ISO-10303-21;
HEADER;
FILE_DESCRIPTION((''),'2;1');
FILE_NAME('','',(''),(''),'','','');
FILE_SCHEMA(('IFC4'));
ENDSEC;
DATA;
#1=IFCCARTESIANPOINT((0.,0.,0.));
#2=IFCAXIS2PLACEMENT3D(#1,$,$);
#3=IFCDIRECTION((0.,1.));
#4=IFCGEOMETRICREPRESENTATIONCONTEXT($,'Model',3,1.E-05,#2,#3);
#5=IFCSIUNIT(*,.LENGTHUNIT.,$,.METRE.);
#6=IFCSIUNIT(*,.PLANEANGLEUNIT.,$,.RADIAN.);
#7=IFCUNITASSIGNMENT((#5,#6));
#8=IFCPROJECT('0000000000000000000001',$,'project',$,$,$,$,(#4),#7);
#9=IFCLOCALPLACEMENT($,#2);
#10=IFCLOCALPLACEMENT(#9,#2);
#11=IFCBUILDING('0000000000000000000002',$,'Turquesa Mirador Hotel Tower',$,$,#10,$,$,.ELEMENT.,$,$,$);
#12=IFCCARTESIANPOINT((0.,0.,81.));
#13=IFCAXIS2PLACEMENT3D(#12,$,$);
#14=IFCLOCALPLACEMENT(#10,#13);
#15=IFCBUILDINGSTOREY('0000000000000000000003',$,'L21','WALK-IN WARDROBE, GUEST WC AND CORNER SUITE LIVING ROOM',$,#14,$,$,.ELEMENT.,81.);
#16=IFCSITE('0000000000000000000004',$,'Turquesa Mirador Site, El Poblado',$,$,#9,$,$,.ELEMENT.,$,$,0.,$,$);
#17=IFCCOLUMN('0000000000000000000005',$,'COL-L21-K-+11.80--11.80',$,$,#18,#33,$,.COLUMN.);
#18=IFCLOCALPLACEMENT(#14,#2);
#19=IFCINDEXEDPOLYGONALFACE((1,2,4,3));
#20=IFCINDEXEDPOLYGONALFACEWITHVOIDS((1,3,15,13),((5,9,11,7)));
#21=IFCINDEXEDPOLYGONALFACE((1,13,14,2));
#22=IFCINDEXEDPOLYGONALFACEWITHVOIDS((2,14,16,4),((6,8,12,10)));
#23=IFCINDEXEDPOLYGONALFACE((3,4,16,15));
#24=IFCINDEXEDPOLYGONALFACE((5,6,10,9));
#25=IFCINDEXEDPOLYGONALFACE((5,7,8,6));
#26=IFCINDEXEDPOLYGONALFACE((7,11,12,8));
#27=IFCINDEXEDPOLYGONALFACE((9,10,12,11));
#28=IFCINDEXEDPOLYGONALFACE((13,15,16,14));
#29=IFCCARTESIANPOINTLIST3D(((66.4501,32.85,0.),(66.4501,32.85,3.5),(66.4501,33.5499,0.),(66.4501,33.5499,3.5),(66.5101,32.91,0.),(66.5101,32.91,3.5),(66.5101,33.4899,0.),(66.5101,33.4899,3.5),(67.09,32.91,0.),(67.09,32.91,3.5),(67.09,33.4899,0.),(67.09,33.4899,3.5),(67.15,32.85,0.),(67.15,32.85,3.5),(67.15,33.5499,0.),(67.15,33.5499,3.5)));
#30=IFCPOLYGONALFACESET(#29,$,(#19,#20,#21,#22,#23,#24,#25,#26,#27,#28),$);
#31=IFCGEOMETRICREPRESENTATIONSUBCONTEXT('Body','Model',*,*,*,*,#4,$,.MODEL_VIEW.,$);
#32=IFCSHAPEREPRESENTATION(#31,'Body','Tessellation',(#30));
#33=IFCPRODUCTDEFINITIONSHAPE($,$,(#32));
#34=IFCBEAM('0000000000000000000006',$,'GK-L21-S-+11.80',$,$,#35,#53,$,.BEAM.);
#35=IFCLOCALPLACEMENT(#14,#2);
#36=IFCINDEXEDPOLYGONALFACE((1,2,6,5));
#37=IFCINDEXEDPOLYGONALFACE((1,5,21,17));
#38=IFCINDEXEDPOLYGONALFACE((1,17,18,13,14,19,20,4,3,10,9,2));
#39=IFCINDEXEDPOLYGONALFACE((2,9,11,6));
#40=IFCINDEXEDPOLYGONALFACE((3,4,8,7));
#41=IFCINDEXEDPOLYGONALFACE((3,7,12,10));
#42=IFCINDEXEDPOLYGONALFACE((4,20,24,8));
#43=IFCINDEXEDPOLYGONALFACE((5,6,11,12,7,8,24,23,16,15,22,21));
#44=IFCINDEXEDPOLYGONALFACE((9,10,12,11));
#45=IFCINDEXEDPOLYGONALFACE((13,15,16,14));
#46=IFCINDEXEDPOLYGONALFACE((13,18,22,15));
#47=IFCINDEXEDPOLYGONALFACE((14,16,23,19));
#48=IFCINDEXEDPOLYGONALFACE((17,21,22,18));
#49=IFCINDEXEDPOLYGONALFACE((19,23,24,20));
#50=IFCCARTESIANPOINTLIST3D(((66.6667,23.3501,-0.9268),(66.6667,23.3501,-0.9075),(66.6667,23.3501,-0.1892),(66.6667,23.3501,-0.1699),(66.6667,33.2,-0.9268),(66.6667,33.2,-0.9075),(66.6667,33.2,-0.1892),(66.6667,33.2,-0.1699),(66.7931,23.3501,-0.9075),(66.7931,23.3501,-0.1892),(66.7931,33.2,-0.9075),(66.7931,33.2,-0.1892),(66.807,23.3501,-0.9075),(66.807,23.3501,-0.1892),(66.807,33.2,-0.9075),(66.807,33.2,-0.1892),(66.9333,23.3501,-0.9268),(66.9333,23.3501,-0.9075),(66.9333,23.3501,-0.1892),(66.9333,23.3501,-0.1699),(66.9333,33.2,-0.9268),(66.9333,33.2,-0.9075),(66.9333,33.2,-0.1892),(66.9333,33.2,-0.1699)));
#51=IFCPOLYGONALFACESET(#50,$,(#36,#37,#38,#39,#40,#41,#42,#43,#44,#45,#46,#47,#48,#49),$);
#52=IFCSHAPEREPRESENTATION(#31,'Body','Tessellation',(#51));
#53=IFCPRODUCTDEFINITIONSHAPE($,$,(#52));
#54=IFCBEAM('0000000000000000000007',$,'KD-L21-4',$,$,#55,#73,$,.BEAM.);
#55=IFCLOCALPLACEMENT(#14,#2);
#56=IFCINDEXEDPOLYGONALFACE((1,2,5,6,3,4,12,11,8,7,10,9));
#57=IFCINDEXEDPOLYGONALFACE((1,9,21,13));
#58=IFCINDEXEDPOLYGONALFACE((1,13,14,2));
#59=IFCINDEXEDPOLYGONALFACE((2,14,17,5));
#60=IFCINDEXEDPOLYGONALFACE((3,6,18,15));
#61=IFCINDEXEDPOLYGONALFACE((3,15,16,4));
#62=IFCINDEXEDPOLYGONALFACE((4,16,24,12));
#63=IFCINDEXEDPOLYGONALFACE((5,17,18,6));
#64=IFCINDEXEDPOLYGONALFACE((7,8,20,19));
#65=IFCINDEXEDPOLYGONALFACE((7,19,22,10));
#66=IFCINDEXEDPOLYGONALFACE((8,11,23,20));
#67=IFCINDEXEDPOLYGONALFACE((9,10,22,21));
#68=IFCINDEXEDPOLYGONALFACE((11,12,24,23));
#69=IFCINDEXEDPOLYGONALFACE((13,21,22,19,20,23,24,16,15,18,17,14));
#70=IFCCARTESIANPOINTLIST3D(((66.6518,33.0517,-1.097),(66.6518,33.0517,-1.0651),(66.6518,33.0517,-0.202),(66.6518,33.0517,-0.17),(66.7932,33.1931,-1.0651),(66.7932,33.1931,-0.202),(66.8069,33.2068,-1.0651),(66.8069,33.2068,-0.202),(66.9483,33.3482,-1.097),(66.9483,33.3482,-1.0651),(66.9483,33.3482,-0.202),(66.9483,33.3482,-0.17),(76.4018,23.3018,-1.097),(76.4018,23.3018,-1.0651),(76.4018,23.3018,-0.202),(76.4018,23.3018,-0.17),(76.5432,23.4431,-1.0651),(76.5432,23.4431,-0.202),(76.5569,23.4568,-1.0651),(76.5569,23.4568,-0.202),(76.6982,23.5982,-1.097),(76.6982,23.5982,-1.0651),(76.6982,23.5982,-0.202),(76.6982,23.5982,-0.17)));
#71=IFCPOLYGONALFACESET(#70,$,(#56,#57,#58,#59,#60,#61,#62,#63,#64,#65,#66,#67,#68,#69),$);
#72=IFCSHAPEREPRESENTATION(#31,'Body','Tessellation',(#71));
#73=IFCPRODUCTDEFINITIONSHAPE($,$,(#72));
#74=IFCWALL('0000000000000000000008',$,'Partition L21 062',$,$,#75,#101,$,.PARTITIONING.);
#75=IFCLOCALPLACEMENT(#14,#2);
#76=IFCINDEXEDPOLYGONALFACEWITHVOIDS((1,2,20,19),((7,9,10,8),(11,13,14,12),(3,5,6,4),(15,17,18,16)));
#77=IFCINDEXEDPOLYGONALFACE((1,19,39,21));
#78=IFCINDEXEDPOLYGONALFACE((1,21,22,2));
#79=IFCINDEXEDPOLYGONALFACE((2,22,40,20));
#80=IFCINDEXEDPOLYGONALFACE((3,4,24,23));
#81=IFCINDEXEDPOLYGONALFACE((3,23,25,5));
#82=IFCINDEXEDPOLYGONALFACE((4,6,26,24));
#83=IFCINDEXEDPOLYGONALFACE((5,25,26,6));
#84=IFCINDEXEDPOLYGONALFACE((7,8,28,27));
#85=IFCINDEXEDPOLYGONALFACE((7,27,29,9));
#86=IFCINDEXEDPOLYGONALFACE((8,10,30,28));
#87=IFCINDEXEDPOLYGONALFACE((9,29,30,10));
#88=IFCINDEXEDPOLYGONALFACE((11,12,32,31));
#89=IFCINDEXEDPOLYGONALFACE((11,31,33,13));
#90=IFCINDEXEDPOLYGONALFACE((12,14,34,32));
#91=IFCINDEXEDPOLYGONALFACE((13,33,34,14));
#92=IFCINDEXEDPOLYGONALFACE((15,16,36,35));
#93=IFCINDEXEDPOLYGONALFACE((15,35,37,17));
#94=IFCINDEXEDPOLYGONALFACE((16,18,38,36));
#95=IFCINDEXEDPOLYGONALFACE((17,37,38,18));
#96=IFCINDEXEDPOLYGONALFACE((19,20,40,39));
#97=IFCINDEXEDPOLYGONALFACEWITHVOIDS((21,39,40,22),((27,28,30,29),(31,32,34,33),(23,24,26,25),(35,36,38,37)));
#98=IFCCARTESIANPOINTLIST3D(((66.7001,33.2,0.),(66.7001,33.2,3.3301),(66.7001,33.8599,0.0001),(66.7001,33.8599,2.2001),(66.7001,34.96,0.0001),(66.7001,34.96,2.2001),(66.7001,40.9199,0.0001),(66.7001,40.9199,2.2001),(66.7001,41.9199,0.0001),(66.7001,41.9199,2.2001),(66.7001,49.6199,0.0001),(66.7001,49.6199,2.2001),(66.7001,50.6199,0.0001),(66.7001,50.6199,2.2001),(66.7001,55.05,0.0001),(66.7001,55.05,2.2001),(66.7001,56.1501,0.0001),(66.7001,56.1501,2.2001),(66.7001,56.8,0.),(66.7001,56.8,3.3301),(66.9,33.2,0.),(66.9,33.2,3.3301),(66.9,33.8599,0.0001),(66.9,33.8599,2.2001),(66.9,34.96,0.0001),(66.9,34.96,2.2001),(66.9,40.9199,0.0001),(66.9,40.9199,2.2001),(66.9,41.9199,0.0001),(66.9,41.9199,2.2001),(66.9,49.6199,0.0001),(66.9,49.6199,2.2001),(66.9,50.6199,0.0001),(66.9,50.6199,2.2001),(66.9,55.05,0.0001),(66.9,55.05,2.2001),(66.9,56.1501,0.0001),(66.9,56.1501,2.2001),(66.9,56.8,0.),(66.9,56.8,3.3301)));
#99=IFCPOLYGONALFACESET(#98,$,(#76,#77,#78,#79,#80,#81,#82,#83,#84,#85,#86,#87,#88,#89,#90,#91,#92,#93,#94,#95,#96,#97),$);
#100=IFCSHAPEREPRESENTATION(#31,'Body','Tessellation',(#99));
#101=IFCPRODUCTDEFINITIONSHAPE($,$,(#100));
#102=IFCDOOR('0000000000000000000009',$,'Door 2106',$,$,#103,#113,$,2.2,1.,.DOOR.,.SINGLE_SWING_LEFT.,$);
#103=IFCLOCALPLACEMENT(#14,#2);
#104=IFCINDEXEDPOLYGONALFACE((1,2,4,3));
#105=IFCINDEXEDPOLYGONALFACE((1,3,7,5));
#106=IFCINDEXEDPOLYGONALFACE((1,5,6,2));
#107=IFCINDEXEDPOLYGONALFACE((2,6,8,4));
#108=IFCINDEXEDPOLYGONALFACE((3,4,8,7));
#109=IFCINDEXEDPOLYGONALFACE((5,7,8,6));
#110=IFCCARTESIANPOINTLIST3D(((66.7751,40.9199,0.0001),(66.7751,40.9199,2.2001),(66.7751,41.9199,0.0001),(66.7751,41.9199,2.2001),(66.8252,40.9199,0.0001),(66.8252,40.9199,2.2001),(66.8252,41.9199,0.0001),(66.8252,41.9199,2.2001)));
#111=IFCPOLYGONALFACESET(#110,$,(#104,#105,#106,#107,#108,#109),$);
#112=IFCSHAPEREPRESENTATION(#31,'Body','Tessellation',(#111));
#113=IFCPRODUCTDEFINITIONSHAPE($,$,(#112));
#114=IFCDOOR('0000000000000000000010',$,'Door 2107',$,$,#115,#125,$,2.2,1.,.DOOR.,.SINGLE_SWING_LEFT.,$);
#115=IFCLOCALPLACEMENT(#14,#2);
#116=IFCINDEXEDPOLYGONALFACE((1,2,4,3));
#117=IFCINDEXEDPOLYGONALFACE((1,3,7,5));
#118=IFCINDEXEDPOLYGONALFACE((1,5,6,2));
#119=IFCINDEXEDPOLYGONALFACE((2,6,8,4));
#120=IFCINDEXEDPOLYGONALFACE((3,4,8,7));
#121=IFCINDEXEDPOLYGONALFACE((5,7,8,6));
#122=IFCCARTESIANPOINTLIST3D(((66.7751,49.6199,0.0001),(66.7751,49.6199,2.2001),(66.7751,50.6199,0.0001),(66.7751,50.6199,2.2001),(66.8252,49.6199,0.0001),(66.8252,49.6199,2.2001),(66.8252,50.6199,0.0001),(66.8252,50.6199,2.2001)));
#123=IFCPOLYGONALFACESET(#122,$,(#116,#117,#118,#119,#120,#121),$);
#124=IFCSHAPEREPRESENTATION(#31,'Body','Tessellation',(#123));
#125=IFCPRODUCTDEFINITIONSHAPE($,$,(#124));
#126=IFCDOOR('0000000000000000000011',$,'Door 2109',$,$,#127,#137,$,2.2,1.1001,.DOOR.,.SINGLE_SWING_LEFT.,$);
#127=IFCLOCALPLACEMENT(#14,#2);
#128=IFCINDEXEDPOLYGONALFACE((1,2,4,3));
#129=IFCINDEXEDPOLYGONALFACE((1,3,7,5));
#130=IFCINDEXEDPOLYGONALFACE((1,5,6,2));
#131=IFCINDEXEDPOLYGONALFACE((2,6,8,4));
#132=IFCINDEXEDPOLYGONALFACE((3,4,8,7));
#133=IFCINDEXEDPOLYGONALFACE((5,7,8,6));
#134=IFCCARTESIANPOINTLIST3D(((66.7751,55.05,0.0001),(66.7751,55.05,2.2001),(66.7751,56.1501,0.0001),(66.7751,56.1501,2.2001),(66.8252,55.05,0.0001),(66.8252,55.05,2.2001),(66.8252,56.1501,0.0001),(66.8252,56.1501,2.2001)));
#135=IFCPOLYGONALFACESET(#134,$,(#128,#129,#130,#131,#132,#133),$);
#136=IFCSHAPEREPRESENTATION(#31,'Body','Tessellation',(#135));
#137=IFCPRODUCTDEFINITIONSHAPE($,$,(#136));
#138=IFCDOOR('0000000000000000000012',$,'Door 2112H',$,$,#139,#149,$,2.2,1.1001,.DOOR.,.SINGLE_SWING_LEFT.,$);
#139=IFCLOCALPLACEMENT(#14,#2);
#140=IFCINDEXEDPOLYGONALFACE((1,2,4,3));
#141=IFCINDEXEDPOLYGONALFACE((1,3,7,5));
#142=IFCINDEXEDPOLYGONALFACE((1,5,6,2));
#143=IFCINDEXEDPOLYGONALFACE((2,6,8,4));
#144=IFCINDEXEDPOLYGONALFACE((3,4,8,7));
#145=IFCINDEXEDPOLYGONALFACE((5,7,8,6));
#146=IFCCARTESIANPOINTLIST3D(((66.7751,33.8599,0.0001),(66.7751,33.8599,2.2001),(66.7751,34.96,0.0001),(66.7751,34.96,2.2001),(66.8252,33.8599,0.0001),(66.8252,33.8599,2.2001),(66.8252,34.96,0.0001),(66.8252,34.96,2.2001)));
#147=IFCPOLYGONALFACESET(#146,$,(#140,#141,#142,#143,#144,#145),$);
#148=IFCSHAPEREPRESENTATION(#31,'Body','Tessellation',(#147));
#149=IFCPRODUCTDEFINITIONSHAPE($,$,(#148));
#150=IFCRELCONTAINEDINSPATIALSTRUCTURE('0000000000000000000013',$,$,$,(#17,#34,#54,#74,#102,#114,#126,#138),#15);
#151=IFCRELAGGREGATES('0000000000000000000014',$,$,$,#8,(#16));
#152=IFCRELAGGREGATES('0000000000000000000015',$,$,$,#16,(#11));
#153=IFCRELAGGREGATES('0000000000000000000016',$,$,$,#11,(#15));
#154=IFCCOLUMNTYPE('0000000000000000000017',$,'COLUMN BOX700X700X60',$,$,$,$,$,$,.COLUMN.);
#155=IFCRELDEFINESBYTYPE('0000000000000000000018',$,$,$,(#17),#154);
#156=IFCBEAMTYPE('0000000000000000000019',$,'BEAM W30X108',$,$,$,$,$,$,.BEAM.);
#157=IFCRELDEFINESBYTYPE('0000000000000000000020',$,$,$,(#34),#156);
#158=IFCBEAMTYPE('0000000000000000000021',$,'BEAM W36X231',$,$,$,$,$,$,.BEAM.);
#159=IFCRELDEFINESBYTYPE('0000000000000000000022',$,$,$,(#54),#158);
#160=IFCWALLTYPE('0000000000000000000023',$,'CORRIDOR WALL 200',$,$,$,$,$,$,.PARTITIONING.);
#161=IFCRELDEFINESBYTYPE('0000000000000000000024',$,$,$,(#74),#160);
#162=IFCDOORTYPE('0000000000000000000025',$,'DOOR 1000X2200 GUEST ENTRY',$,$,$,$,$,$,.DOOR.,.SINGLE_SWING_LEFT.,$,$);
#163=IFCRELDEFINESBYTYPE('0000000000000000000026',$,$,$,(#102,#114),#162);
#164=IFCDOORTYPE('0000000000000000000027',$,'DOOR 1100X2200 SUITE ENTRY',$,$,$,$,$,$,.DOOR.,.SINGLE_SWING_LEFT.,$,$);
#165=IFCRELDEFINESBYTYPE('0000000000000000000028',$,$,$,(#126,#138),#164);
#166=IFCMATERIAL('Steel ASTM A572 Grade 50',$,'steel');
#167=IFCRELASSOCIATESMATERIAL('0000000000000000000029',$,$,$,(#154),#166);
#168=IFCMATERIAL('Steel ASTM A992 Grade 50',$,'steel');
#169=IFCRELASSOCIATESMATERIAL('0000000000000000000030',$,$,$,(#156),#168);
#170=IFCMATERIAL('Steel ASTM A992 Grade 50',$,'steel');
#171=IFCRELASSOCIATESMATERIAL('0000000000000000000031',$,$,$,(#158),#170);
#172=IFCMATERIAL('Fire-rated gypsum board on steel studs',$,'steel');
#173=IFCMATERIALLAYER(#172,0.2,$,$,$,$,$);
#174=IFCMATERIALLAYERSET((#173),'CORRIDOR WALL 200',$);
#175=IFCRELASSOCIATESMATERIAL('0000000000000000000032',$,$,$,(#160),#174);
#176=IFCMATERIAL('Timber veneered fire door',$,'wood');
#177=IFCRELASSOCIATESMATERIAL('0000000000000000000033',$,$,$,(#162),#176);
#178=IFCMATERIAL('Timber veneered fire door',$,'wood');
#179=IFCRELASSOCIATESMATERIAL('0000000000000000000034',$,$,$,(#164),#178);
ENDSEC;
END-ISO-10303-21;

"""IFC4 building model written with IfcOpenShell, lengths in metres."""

from ifc_helpers import new_model, si_unit, direction, frame, frame_2d, origin, origin_2d, place, context, subcontext, project, spatial, rectangle, hollow_rectangle, i_section, extrude, material, layer, layer_set, material_profile, profile_set, type_object, element, fill, save


model = new_model("IFC4")

# Units and contexts
model_context = context("Model", 3, precision=1e-05, world=origin(), true_north=direction((0.0, 1.0)))
body_context = subcontext(model_context, "Body", "Model", "MODEL_VIEW")
ifc_project = project(units=[si_unit("LENGTHUNIT", "METRE"), si_unit("PLANEANGLEUNIT", "RADIAN")], contexts=[model_context])

# Site, building, storey
site_placement = place(None, origin())
site = spatial("IfcSite", under=ifc_project, at=site_placement, Name="Turquesa Mirador Site, El Poblado", CompositionType="ELEMENT", RefElevation=0.0)
building_placement = place(site_placement, origin())
building = spatial("IfcBuilding", under=site, at=building_placement, Name="Turquesa Mirador Hotel Tower", CompositionType="ELEMENT")
storey_placement = place(building_placement, frame((0.0, 0.0, 81.0)))
storey = spatial("IfcBuildingStorey", under=building, at=storey_placement, Name="L21", Description="WALK-IN WARDROBE, GUEST WC AND CORNER SUITE LIVING ROOM", CompositionType="ELEMENT", Elevation=81.0)

# Column
ifc_material_1 = material(Name="Steel ASTM A572 Grade 50", Category="steel")
ifc_material_profile_1 = material_profile(ifc_material_1, hollow_rectangle(XDim=0.7, YDim=0.7, WallThickness=0.0601, at=origin_2d()), Name="BOX700X700X60")
ifc_profile_set_1 = profile_set([ifc_material_profile_1], Name="Steel ASTM A572 Grade 50")
column_type = type_object("IfcColumnType", Name="COLUMN BOX700X700X60", PredefinedType="COLUMN", material=ifc_profile_set_1)
column_placement = place(storey_placement, frame((66.8, 33.2, 0.0), z_axis=(0.0, 0.0, 1.0), x_axis=(1.0, 0.0, 0.0)))
element("IfcColumn", 1, at=column_placement, inside=storey, type_object=column_type, Name="COL-L21-K-+11.80--11.80", PredefinedType="COLUMN", context=body_context, shape_type="SweptSolid", body=[
    extrude(hollow_rectangle(XDim=0.7, YDim=0.7, WallThickness=0.0601, at=origin_2d()), origin(), (0.0, 0.0, 1.0), 3.5),
])

# Beams
ifc_material_2 = material(Name="Steel ASTM A992 Grade 50", Category="steel")
ifc_material_profile_2 = material_profile(ifc_material_2, i_section(OverallWidth=0.2666, OverallDepth=0.7568, WebThickness=0.0139, FlangeThickness=0.0193, at=origin_2d()), Name="W30X108")
ifc_profile_set_2 = profile_set([ifc_material_profile_2], Name="Steel ASTM A992 Grade 50")
beam_type_1 = type_object("IfcBeamType", Name="BEAM W30X108", PredefinedType="BEAM", material=ifc_profile_set_2)
beam_1_placement = place(storey_placement, frame((66.8, 23.3501, -0.5483), z_axis=(0.0, 1.0, 0.0), x_axis=(-1.0, 0.0, 0.0)))
element("IfcBeam", 2, at=beam_1_placement, inside=storey, type_object=beam_type_1, Name="GK-L21-S-+11.80", PredefinedType="BEAM", context=body_context, shape_type="SweptSolid", body=[
    extrude(i_section(OverallWidth=0.2666, OverallDepth=0.7568, WebThickness=0.0139, FlangeThickness=0.0193, at=origin_2d()), origin(), (0.0, 0.0, 1.0), 9.8499),
])
ifc_material_3 = material(Name="Steel ASTM A992 Grade 50", Category="steel")
ifc_material_profile_3 = material_profile(ifc_material_3, i_section(OverallWidth=0.4192, OverallDepth=0.927, WebThickness=0.0193, FlangeThickness=0.032, at=origin_2d()), Name="W36X231")
ifc_profile_set_3 = profile_set([ifc_material_profile_3], Name="Steel ASTM A992 Grade 50")
beam_type_2 = type_object("IfcBeamType", Name="BEAM W36X231", PredefinedType="BEAM", material=ifc_profile_set_3)
beam_2_placement = place(storey_placement, frame((66.8, 33.2, -0.6335), z_axis=(0.707107, -0.707107, 0.0), x_axis=(0.707107, 0.707107, 0.0)))
element("IfcBeam", 3, at=beam_2_placement, inside=storey, type_object=beam_type_2, Name="KD-L21-4", PredefinedType="BEAM", context=body_context, shape_type="SweptSolid", body=[
    extrude(i_section(OverallWidth=0.4192, OverallDepth=0.927, WebThickness=0.0193, FlangeThickness=0.032, at=origin_2d()), origin(), (0.0, 0.0, 1.0), 13.7886),
])

# Wall, openings, doors
ifc_material_4 = material(Name="Fire-rated gypsum board on steel studs", Category="steel")
ifc_layer_1 = layer(ifc_material_4, 0.2)
ifc_layer_set_1 = layer_set([ifc_layer_1], Name="CORRIDOR WALL 200")
wall_type_1 = type_object("IfcWallType", Name="CORRIDOR WALL 200", PredefinedType="PARTITIONING", material=ifc_layer_set_1)
wall_1_placement = place(storey_placement, frame((66.8, 33.2, 0.0), z_axis=(0.0, 0.0, 1.0), x_axis=(0.0, 1.0, 0.0)))
wall_1 = element("IfcWall", 4, at=wall_1_placement, inside=storey, type_object=wall_type_1, Name="Partition L21 062", PredefinedType="PARTITIONING", context=body_context, shape_type="SweptSolid", body=[
    extrude(rectangle(XDim=23.6001, YDim=0.2, at=frame_2d((11.8, 0.0))), origin(), (0.0, 0.0, 1.0), 3.3301),
])
opening_1_placement = place(wall_1_placement, frame((7.72, 0.0, 0.0)))
opening_1 = element("IfcOpeningElement", 5, at=opening_1_placement, cuts=wall_1, PredefinedType="OPENING", context=body_context, shape_type="SweptSolid", body=[
    extrude(rectangle(XDim=1.0, YDim=2.2, at=frame_2d((0.5, 1.1001))), frame((0.0, 0.1099, 0.0), z_axis=(0.0, -1.0, 0.0), x_axis=(1.0, 0.0, 0.0)), (0.0, 0.0, 1.0), 0.22),
])
opening_2_placement = place(wall_1_placement, frame((16.4199, 0.0, 0.0)))
opening_2 = element("IfcOpeningElement", 6, at=opening_2_placement, cuts=wall_1, PredefinedType="OPENING", context=body_context, shape_type="SweptSolid", body=[
    extrude(rectangle(XDim=1.0, YDim=2.2, at=frame_2d((0.5, 1.1001))), frame((0.0, 0.1099, 0.0), z_axis=(0.0, -1.0, 0.0), x_axis=(1.0, 0.0, 0.0)), (0.0, 0.0, 1.0), 0.22),
])
opening_3_placement = place(wall_1_placement, frame((21.8501, 0.0, 0.0)))
opening_3 = element("IfcOpeningElement", 7, at=opening_3_placement, cuts=wall_1, PredefinedType="OPENING", context=body_context, shape_type="SweptSolid", body=[
    extrude(rectangle(XDim=1.1001, YDim=2.2, at=frame_2d((0.55, 1.1001))), frame((0.0, 0.1099, 0.0), z_axis=(0.0, -1.0, 0.0), x_axis=(1.0, 0.0, 0.0)), (0.0, 0.0, 1.0), 0.22),
])
opening_4_placement = place(wall_1_placement, frame((0.6599, 0.0, 0.0)))
opening_4 = element("IfcOpeningElement", 8, at=opening_4_placement, cuts=wall_1, PredefinedType="OPENING", context=body_context, shape_type="SweptSolid", body=[
    extrude(rectangle(XDim=1.1001, YDim=2.2, at=frame_2d((0.55, 1.1001))), frame((0.0, 0.1099, 0.0), z_axis=(0.0, -1.0, 0.0), x_axis=(1.0, 0.0, 0.0)), (0.0, 0.0, 1.0), 0.22),
])
ifc_material_5 = material(Name="Timber veneered fire door", Category="wood")
door_type_1 = type_object("IfcDoorType", Name="DOOR 1000X2200 GUEST ENTRY", OperationType="SINGLE_SWING_LEFT", PredefinedType="DOOR", material=ifc_material_5)
door_1_placement = place(opening_1_placement, origin())
door_1 = element("IfcDoor", 9, at=door_1_placement, inside=storey, type_object=door_type_1, Name="Door 2106", OperationType="SINGLE_SWING_LEFT", OverallHeight=2.2, OverallWidth=1.0, PredefinedType="DOOR", context=body_context, shape_type="SweptSolid", body=[
    extrude(rectangle(XDim=1.0, YDim=2.2, at=frame_2d((0.5, 1.1001))), frame((0.0, 0.0249, 0.0), z_axis=(0.0, -1.0, 0.0), x_axis=(1.0, 0.0, 0.0)), (0.0, 0.0, 1.0), 0.05),
])
fill(opening_1, door_1)
door_2_placement = place(opening_2_placement, origin())
door_2 = element("IfcDoor", 10, at=door_2_placement, inside=storey, type_object=door_type_1, Name="Door 2107", OperationType="SINGLE_SWING_LEFT", OverallHeight=2.2, OverallWidth=1.0, PredefinedType="DOOR", context=body_context, shape_type="SweptSolid", body=[
    extrude(rectangle(XDim=1.0, YDim=2.2, at=frame_2d((0.5, 1.1001))), frame((0.0, 0.0249, 0.0), z_axis=(0.0, -1.0, 0.0), x_axis=(1.0, 0.0, 0.0)), (0.0, 0.0, 1.0), 0.05),
])
fill(opening_2, door_2)
ifc_material_6 = material(Name="Timber veneered fire door", Category="wood")
door_type_2 = type_object("IfcDoorType", Name="DOOR 1100X2200 SUITE ENTRY", OperationType="SINGLE_SWING_LEFT", PredefinedType="DOOR", material=ifc_material_6)
door_3_placement = place(opening_3_placement, origin())
door_3 = element("IfcDoor", 11, at=door_3_placement, inside=storey, type_object=door_type_2, Name="Door 2109", OperationType="SINGLE_SWING_LEFT", OverallHeight=2.2, OverallWidth=1.1001, PredefinedType="DOOR", context=body_context, shape_type="SweptSolid", body=[
    extrude(rectangle(XDim=1.1001, YDim=2.2, at=frame_2d((0.55, 1.1001))), frame((0.0, 0.0249, 0.0), z_axis=(0.0, -1.0, 0.0), x_axis=(1.0, 0.0, 0.0)), (0.0, 0.0, 1.0), 0.05),
])
fill(opening_3, door_3)
door_4_placement = place(opening_4_placement, origin())
door_4 = element("IfcDoor", 12, at=door_4_placement, inside=storey, type_object=door_type_2, Name="Door 2112H", OperationType="SINGLE_SWING_LEFT", OverallHeight=2.2, OverallWidth=1.1001, PredefinedType="DOOR", context=body_context, shape_type="SweptSolid", body=[
    extrude(rectangle(XDim=1.1001, YDim=2.2, at=frame_2d((0.55, 1.1001))), frame((0.0, 0.0249, 0.0), z_axis=(0.0, -1.0, 0.0), x_axis=(1.0, 0.0, 0.0)), (0.0, 0.0, 1.0), 0.05),
])
fill(opening_4, door_4)

save(model, "model.ifc")
